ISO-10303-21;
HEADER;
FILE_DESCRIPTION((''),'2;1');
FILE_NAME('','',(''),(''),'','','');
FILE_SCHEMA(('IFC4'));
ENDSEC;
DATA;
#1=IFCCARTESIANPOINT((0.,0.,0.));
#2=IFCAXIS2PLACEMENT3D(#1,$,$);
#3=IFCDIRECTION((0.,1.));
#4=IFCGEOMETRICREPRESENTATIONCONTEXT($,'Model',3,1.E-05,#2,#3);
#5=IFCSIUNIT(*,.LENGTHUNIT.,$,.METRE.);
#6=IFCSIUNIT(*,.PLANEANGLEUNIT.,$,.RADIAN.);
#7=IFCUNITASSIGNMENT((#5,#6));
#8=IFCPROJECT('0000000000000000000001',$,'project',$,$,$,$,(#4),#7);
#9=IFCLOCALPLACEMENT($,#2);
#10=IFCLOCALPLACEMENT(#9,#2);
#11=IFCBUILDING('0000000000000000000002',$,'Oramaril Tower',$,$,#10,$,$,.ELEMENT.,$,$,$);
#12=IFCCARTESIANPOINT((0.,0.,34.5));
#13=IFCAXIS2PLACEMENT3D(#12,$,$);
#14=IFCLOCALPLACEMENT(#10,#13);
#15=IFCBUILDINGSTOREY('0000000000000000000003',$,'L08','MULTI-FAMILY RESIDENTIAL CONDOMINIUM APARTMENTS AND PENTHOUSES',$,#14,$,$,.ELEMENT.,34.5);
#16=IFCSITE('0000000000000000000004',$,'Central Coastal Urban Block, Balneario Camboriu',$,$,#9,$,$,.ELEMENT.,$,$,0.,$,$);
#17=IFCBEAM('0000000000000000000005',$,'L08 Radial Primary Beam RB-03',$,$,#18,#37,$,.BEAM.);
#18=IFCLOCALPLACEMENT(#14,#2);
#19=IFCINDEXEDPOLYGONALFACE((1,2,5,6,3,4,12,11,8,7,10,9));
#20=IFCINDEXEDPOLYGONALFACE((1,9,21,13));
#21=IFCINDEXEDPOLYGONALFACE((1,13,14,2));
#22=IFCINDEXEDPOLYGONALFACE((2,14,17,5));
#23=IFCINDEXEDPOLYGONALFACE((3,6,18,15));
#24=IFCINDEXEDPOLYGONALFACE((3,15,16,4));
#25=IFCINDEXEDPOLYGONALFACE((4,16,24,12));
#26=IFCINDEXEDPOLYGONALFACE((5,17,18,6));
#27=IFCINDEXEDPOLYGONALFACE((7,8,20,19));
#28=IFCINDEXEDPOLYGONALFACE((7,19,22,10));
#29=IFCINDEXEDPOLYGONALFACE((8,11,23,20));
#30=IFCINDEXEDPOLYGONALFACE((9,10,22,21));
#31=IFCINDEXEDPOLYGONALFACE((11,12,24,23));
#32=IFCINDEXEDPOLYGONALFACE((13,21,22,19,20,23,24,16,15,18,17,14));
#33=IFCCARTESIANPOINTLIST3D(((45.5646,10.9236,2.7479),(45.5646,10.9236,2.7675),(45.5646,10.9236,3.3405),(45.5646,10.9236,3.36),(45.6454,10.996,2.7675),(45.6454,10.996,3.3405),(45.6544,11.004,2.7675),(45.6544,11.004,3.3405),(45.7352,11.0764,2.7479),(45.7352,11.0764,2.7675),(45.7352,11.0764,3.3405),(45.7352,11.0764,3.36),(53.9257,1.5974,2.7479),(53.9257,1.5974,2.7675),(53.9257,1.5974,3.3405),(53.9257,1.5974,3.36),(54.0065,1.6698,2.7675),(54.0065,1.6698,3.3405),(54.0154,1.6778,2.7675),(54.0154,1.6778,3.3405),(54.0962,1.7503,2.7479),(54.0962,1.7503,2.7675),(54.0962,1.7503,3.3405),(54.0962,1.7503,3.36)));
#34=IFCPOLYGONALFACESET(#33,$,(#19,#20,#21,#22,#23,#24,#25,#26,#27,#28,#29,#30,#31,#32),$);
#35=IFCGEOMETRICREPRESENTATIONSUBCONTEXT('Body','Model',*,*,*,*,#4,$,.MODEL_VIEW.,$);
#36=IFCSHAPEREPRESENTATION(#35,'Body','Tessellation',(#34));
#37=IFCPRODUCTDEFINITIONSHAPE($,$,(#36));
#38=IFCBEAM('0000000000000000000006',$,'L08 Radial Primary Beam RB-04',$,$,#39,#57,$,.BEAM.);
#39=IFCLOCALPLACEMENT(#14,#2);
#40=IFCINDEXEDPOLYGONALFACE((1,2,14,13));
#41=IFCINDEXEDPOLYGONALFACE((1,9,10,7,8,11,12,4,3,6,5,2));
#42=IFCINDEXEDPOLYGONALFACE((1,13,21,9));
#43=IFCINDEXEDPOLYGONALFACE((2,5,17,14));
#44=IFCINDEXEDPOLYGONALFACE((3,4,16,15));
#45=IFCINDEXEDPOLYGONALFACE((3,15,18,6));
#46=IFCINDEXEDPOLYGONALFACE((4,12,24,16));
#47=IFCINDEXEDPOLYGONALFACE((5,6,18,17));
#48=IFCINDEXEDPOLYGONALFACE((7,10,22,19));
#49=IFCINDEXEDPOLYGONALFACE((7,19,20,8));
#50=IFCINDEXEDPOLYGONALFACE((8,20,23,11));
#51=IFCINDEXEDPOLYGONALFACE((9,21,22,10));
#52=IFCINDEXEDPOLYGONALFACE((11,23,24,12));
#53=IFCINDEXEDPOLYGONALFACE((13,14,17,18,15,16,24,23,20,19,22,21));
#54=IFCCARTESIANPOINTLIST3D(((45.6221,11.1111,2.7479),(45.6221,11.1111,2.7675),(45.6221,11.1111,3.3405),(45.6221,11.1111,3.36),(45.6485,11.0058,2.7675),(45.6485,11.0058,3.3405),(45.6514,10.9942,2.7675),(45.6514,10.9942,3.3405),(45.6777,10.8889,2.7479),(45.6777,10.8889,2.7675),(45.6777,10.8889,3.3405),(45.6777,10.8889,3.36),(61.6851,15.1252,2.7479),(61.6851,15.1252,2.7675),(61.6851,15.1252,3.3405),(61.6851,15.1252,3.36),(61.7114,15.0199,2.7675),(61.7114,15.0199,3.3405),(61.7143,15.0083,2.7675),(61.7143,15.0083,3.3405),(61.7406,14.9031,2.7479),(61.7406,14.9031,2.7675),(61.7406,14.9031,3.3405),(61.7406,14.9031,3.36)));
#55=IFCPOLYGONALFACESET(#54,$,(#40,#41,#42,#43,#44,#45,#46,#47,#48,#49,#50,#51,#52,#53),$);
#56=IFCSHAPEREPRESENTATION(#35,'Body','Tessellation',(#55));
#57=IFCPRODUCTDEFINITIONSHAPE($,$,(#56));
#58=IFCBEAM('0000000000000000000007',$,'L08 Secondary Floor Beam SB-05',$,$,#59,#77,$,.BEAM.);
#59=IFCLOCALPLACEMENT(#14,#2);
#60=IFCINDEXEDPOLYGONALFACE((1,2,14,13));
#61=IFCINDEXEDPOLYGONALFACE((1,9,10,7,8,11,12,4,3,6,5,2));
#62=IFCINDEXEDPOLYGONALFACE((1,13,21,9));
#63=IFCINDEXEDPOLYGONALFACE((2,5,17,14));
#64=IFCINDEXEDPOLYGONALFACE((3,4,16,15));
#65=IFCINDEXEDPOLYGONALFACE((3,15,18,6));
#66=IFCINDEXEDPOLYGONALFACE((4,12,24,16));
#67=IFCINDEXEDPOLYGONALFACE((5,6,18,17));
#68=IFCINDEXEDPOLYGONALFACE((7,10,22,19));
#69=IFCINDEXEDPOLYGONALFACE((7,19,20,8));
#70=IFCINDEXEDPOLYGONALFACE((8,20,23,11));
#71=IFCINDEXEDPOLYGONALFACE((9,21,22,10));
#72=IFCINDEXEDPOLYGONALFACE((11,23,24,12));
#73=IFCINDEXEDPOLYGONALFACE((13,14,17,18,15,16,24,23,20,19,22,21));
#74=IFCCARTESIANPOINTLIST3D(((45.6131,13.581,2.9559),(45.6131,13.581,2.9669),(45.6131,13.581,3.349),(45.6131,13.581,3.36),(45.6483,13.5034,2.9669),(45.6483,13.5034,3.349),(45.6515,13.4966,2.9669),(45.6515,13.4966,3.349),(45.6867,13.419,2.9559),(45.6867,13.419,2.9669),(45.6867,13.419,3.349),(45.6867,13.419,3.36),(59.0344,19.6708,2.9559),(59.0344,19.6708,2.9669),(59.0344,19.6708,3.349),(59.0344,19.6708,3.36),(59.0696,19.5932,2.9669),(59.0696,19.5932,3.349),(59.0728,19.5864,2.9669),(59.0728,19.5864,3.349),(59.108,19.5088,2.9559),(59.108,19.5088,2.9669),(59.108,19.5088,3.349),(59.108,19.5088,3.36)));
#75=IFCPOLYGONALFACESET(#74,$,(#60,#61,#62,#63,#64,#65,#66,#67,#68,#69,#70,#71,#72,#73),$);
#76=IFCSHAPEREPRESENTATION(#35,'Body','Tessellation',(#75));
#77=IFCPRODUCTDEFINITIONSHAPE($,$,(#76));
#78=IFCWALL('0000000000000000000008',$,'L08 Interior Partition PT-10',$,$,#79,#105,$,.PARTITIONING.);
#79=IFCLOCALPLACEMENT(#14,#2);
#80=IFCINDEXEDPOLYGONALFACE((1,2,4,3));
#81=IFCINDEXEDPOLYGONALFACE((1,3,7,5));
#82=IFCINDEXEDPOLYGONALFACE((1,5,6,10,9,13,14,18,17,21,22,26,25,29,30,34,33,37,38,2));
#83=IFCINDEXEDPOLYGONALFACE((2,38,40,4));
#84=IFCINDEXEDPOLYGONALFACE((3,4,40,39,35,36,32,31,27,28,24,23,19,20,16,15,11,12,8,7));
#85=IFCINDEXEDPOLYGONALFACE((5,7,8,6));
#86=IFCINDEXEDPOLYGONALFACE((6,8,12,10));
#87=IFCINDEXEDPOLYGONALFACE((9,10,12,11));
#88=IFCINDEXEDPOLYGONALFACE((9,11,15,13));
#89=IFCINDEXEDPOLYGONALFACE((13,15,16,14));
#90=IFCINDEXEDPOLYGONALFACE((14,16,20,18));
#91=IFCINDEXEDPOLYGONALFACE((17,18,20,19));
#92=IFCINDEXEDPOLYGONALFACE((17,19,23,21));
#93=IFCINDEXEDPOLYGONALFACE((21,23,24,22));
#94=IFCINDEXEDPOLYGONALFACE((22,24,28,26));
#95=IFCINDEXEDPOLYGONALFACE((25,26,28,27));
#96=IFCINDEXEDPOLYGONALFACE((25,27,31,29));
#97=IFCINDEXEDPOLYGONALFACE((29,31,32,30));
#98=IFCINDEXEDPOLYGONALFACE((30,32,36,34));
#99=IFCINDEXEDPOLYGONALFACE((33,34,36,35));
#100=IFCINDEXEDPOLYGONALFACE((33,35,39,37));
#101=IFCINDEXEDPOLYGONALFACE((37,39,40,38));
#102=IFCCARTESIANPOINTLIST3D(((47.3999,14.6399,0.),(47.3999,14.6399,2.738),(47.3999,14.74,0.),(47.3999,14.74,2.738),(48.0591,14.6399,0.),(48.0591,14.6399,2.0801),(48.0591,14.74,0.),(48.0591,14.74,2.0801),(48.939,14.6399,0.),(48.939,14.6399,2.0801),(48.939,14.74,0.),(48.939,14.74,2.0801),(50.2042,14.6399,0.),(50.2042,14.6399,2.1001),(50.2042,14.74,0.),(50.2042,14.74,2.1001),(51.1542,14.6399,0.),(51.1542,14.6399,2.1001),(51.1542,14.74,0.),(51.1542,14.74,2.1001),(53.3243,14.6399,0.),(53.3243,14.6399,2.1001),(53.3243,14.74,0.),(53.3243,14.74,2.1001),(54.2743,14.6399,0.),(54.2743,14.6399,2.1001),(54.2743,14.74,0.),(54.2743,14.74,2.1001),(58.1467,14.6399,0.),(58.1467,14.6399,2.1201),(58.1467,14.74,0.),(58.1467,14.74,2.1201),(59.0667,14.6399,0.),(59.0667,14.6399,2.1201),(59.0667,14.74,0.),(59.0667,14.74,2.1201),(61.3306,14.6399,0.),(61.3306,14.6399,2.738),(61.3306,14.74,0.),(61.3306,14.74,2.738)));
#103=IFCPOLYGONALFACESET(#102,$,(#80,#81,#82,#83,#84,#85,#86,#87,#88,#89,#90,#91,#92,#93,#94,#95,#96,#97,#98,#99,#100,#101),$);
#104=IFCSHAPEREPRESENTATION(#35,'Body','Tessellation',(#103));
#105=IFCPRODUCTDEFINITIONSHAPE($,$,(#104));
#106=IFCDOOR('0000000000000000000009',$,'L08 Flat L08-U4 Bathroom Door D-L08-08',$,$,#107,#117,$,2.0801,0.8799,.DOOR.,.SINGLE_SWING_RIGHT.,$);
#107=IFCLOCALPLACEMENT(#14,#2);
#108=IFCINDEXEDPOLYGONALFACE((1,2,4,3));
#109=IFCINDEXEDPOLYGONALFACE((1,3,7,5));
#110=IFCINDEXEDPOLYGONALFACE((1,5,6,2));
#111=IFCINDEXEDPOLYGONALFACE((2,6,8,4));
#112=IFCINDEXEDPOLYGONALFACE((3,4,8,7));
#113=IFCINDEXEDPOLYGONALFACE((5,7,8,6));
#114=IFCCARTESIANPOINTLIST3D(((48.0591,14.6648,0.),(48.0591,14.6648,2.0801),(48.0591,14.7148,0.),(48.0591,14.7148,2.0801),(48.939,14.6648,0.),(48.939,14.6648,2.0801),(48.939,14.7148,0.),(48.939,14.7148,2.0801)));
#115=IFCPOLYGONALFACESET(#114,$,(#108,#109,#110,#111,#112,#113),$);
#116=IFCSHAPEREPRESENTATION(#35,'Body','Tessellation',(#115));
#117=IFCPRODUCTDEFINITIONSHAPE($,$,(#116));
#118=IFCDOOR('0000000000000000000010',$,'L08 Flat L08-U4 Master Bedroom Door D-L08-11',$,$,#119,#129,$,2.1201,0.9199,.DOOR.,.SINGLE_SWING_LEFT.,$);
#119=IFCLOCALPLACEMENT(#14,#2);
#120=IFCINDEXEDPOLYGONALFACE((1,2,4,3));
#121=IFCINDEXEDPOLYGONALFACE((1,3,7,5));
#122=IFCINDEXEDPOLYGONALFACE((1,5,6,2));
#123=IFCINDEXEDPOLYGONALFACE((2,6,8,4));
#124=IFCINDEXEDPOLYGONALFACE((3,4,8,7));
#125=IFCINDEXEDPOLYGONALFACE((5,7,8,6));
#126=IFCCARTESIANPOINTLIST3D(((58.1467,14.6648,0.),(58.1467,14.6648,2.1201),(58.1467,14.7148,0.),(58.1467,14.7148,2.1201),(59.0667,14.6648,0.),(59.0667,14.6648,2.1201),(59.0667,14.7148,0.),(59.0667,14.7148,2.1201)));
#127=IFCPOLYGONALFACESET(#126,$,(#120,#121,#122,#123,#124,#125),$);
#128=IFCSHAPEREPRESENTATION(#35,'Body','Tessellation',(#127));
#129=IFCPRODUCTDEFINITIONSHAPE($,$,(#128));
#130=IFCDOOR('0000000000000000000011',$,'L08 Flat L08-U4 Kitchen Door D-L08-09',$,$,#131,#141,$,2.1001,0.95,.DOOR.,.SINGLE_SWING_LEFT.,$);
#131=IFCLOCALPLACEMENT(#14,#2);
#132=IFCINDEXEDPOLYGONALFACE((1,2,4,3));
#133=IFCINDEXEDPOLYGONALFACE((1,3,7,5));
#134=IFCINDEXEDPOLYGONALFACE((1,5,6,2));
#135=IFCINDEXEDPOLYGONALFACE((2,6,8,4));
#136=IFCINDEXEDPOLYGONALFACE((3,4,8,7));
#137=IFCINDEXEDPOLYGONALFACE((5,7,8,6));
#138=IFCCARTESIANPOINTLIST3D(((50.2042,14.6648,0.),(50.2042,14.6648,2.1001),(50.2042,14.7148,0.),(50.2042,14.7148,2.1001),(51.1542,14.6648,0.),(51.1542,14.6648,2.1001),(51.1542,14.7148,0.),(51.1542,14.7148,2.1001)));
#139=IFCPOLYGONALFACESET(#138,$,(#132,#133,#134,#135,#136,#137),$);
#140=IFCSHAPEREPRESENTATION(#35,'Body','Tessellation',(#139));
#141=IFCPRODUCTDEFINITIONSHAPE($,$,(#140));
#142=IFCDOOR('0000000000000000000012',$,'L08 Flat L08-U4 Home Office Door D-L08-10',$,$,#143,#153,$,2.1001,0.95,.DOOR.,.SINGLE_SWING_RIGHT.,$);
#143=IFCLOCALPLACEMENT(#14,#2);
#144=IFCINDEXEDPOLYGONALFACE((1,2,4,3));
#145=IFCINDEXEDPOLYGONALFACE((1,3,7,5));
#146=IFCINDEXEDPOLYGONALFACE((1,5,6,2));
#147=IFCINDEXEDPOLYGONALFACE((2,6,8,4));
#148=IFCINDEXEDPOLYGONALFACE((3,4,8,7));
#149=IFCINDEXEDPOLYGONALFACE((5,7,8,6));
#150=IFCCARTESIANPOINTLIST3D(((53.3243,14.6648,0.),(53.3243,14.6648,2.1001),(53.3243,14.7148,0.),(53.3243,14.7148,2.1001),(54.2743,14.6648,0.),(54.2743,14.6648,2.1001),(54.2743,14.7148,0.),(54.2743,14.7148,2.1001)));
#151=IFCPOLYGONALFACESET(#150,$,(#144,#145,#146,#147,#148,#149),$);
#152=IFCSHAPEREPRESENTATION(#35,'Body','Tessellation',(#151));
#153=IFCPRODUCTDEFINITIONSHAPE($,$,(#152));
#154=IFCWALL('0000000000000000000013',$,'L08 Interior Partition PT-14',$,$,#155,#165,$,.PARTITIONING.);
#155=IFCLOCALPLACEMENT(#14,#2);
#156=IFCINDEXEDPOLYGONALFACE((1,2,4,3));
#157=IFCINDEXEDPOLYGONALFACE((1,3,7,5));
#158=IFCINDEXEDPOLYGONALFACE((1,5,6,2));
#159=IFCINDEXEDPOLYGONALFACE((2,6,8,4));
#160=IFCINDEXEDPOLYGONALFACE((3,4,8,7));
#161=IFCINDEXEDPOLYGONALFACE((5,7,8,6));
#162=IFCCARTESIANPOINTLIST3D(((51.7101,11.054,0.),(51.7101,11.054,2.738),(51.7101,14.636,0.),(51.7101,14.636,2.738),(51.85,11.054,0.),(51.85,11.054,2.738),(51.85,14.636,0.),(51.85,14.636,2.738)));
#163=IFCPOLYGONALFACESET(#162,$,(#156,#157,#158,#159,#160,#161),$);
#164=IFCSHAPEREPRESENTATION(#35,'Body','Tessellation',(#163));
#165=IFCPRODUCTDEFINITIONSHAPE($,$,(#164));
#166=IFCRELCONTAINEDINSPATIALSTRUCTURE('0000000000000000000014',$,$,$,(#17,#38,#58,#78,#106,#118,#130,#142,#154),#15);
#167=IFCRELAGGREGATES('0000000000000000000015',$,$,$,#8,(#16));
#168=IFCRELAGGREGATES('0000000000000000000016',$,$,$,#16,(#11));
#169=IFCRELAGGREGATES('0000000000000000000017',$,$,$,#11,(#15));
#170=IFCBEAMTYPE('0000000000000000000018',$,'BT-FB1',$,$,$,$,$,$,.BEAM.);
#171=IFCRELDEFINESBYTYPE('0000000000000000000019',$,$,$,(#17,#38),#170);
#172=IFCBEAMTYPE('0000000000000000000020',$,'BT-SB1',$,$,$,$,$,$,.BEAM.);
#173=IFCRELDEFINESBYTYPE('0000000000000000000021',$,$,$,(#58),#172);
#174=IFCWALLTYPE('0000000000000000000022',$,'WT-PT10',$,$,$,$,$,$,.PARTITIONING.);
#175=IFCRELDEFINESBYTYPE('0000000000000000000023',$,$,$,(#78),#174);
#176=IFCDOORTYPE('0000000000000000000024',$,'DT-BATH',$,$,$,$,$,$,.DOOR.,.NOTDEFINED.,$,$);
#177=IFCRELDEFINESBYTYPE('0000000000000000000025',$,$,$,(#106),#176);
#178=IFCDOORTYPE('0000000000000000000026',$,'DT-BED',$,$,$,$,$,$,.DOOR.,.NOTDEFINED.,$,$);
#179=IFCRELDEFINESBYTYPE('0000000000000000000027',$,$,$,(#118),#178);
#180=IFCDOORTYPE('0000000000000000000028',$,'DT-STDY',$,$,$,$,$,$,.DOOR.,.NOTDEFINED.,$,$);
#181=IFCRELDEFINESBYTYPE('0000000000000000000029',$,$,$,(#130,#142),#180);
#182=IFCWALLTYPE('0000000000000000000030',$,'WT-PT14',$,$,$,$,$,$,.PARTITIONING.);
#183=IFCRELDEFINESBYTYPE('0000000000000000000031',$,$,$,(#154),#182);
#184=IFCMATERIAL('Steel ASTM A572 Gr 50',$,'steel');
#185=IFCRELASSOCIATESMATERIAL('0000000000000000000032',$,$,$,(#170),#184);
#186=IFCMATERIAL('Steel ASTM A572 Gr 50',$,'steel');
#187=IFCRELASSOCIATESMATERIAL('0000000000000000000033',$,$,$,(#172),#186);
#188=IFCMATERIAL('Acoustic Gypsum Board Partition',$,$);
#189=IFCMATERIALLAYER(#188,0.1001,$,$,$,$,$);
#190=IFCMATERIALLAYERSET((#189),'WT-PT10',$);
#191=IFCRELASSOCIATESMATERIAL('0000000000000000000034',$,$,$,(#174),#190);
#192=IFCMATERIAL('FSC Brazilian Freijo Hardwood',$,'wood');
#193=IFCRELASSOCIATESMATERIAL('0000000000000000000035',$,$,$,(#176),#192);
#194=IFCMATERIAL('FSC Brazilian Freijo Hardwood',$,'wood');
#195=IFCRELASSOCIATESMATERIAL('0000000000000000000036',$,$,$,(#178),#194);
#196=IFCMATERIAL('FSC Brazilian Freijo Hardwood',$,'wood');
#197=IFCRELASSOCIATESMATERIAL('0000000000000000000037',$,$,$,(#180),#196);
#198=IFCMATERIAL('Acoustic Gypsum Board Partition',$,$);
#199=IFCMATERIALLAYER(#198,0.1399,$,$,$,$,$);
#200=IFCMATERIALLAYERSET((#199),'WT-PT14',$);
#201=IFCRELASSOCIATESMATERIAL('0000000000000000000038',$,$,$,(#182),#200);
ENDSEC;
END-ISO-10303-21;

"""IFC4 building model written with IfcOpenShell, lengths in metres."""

from ifc_helpers import new_model, si_unit, direction, frame, frame_2d, origin, origin_2d, place, context, subcontext, project, spatial, rectangle, i_section, extrude, material, layer, layer_set, material_profile, profile_set, type_object, element, fill, save


model = new_model("IFC4")

# Units and contexts
model_context = context("Model", 3, precision=1e-05, world=origin(), true_north=direction((0.0, 1.0)))
body_context = subcontext(model_context, "Body", "Model", "MODEL_VIEW")
ifc_project = project(units=[si_unit("LENGTHUNIT", "METRE"), si_unit("PLANEANGLEUNIT", "RADIAN")], contexts=[model_context])

# Site, building, storey
site_placement = place(None, origin())
site = spatial("IfcSite", under=ifc_project, at=site_placement, Name="Central Coastal Urban Block, Balneario Camboriu", CompositionType="ELEMENT", RefElevation=0.0)
building_placement = place(site_placement, origin())
building = spatial("IfcBuilding", under=site, at=building_placement, Name="Oramaril Tower", CompositionType="ELEMENT")
storey_placement = place(building_placement, frame((0.0, 0.0, 34.5)))
storey = spatial("IfcBuildingStorey", under=building, at=storey_placement, Name="L08", Description="MULTI-FAMILY RESIDENTIAL CONDOMINIUM APARTMENTS AND PENTHOUSES", CompositionType="ELEMENT", Elevation=34.5)

# Beams
ifc_material_1 = material(Name="Steel ASTM A572 Gr 50", Category="steel")
ifc_material_profile_1 = material_profile(ifc_material_1, i_section(OverallWidth=0.229, OverallDepth=0.6121, WebThickness=0.012, FlangeThickness=0.0195, at=origin_2d()), Name="W24X84")
ifc_profile_set_1 = profile_set([ifc_material_profile_1], Name="Steel ASTM A572 Gr 50")
beam_type_1 = type_object("IfcBeamType", Name="BT-FB1", PredefinedType="BEAM", material=ifc_profile_set_1)
beam_1_placement = place(storey_placement, frame((45.6499, 11.0, 3.054), z_axis=(0.667531, -0.744582, 0.0), x_axis=(0.744582, 0.667531, 0.0)))
element("IfcBeam", 1, at=beam_1_placement, inside=storey, type_object=beam_type_1, Name="L08 Radial Primary Beam RB-03", PredefinedType="BEAM", context=body_context, shape_type="SweptSolid", body=[
    extrude(i_section(OverallWidth=0.229, OverallDepth=0.6121, WebThickness=0.012, FlangeThickness=0.0195, at=origin_2d()), origin(), (0.0, 0.0, 1.0), 12.5254),
])
beam_2_placement = place(storey_placement, frame((45.6499, 11.0, 3.054), z_axis=(0.970165, 0.242445, 0.0), x_axis=(-0.242445, 0.970165, 0.0)))
element("IfcBeam", 2, at=beam_2_placement, inside=storey, type_object=beam_type_1, Name="L08 Radial Primary Beam RB-04", PredefinedType="BEAM", context=body_context, shape_type="SweptSolid", body=[
    extrude(i_section(OverallWidth=0.229, OverallDepth=0.6121, WebThickness=0.012, FlangeThickness=0.0195, at=origin_2d()), origin(), (0.0, 0.0, 1.0), 16.5569),
])
ifc_material_2 = material(Name="Steel ASTM A572 Gr 50", Category="steel")
ifc_material_profile_2 = material_profile(ifc_material_2, i_section(OverallWidth=0.178, OverallDepth=0.4041, WebThickness=0.0076, FlangeThickness=0.011, at=origin_2d()), Name="W16X36")
ifc_profile_set_2 = profile_set([ifc_material_profile_2], Name="Steel ASTM A572 Gr 50")
beam_type_2 = type_object("IfcBeamType", Name="BT-SB1", PredefinedType="BEAM", material=ifc_profile_set_2)
beam_3_placement = place(storey_placement, frame((45.6499, 13.5, 3.158), z_axis=(0.910642, 0.413196, 0.0), x_axis=(-0.413196, 0.910642, 0.0)))
element("IfcBeam", 3, at=beam_3_placement, inside=storey, type_object=beam_type_2, Name="L08 Secondary Floor Beam SB-05", PredefinedType="BEAM", context=body_context, shape_type="SweptSolid", body=[
    extrude(i_section(OverallWidth=0.178, OverallDepth=0.4041, WebThickness=0.0076, FlangeThickness=0.011, at=origin_2d()), origin(), (0.0, 0.0, 1.0), 14.7383),
])

# Wall, openings, doors
ifc_material_3 = material(Name="Acoustic Gypsum Board Partition")
ifc_layer_1 = layer(ifc_material_3, 0.1001)
ifc_layer_set_1 = layer_set([ifc_layer_1], Name="WT-PT10")
wall_type_1 = type_object("IfcWallType", Name="WT-PT10", PredefinedType="PARTITIONING", material=ifc_layer_set_1)
wall_1_placement = place(storey_placement, frame((47.3999, 14.6899, 0.0), z_axis=(0.0, 0.0, 1.0), x_axis=(1.0, 0.0, 0.0)))
wall_1 = element("IfcWall", 4, at=wall_1_placement, inside=storey, type_object=wall_type_1, Name="L08 Interior Partition PT-10", PredefinedType="PARTITIONING", context=body_context, shape_type="SweptSolid", body=[
    extrude(rectangle(XDim=13.9307, YDim=0.1001, at=frame_2d((6.9653, 0.0))), origin(), (0.0, 0.0, 1.0), 2.738),
])
opening_1_placement = place(wall_1_placement, frame((0.6592, 0.0, 0.0)))
opening_1 = element("IfcOpeningElement", 5, at=opening_1_placement, cuts=wall_1, PredefinedType="OPENING", context=body_context, shape_type="SweptSolid", body=[
    extrude(rectangle(XDim=0.8799, YDim=2.0801, at=frame_2d((0.4399, 1.04))), frame((0.0, 0.05, 0.0), z_axis=(0.0, -1.0, 0.0), x_axis=(1.0, 0.0, 0.0)), (0.0, 0.0, 1.0), 0.1001),
])
opening_2_placement = place(wall_1_placement, frame((2.8042, 0.0, 0.0)))
opening_2 = element("IfcOpeningElement", 6, at=opening_2_placement, cuts=wall_1, PredefinedType="OPENING", context=body_context, shape_type="SweptSolid", body=[
    extrude(rectangle(XDim=0.95, YDim=2.1001, at=frame_2d((0.4751, 1.05))), frame((0.0, 0.05, 0.0), z_axis=(0.0, -1.0, 0.0), x_axis=(1.0, 0.0, 0.0)), (0.0, 0.0, 1.0), 0.1001),
])
opening_3_placement = place(wall_1_placement, frame((5.9243, 0.0, 0.0)))
opening_3 = element("IfcOpeningElement", 7, at=opening_3_placement, cuts=wall_1, PredefinedType="OPENING", context=body_context, shape_type="SweptSolid", body=[
    extrude(rectangle(XDim=0.95, YDim=2.1001, at=frame_2d((0.4751, 1.05))), frame((0.0, 0.05, 0.0), z_axis=(0.0, -1.0, 0.0), x_axis=(1.0, 0.0, 0.0)), (0.0, 0.0, 1.0), 0.1001),
])
opening_4_placement = place(wall_1_placement, frame((10.7468, 0.0, 0.0)))
opening_4 = element("IfcOpeningElement", 8, at=opening_4_placement, cuts=wall_1, PredefinedType="OPENING", context=body_context, shape_type="SweptSolid", body=[
    extrude(rectangle(XDim=0.9199, YDim=2.1201, at=frame_2d((0.46, 1.0601))), frame((0.0, 0.05, 0.0), z_axis=(0.0, -1.0, 0.0), x_axis=(1.0, 0.0, 0.0)), (0.0, 0.0, 1.0), 0.1001),
])
ifc_material_4 = material(Name="FSC Brazilian Freijo Hardwood", Category="wood")
door_type_1 = type_object("IfcDoorType", Name="DT-BATH", OperationType="NOTDEFINED", PredefinedType="DOOR", material=ifc_material_4)
door_1_placement = place(opening_1_placement, origin())
door_1 = element("IfcDoor", 9, at=door_1_placement, inside=storey, type_object=door_type_1, Name="L08 Flat L08-U4 Bathroom Door D-L08-08", OperationType="SINGLE_SWING_RIGHT", OverallHeight=2.0801, OverallWidth=0.8799, PredefinedType="DOOR", context=body_context, shape_type="SweptSolid", body=[
    extrude(rectangle(XDim=0.8799, YDim=2.0801, at=frame_2d((0.4399, 1.04))), frame((0.0, 0.0249, 0.0), z_axis=(0.0, -1.0, 0.0), x_axis=(1.0, 0.0, 0.0)), (0.0, 0.0, 1.0), 0.05),
])
fill(opening_1, door_1)
ifc_material_5 = material(Name="FSC Brazilian Freijo Hardwood", Category="wood")
door_type_2 = type_object("IfcDoorType", Name="DT-BED", OperationType="NOTDEFINED", PredefinedType="DOOR", material=ifc_material_5)
door_2_placement = place(opening_4_placement, origin())
door_2 = element("IfcDoor", 10, at=door_2_placement, inside=storey, type_object=door_type_2, Name="L08 Flat L08-U4 Master Bedroom Door D-L08-11", OperationType="SINGLE_SWING_LEFT", OverallHeight=2.1201, OverallWidth=0.9199, PredefinedType="DOOR", context=body_context, shape_type="SweptSolid", body=[
    extrude(rectangle(XDim=0.9199, YDim=2.1201, at=frame_2d((0.46, 1.0601))), frame((0.0, 0.0249, 0.0), z_axis=(0.0, -1.0, 0.0), x_axis=(1.0, 0.0, 0.0)), (0.0, 0.0, 1.0), 0.05),
])
fill(opening_4, door_2)
ifc_material_6 = material(Name="FSC Brazilian Freijo Hardwood", Category="wood")
door_type_3 = type_object("IfcDoorType", Name="DT-STDY", OperationType="NOTDEFINED", PredefinedType="DOOR", material=ifc_material_6)
door_3_placement = place(opening_2_placement, origin())
door_3 = element("IfcDoor", 11, at=door_3_placement, inside=storey, type_object=door_type_3, Name="L08 Flat L08-U4 Kitchen Door D-L08-09", OperationType="SINGLE_SWING_LEFT", OverallHeight=2.1001, OverallWidth=0.95, PredefinedType="DOOR", context=body_context, shape_type="SweptSolid", body=[
    extrude(rectangle(XDim=0.95, YDim=2.1001, at=frame_2d((0.4751, 1.05))), frame((0.0, 0.0249, 0.0), z_axis=(0.0, -1.0, 0.0), x_axis=(1.0, 0.0, 0.0)), (0.0, 0.0, 1.0), 0.05),
])
fill(opening_2, door_3)
door_4_placement = place(opening_3_placement, origin())
door_4 = element("IfcDoor", 12, at=door_4_placement, inside=storey, type_object=door_type_3, Name="L08 Flat L08-U4 Home Office Door D-L08-10", OperationType="SINGLE_SWING_RIGHT", OverallHeight=2.1001, OverallWidth=0.95, PredefinedType="DOOR", context=body_context, shape_type="SweptSolid", body=[
    extrude(rectangle(XDim=0.95, YDim=2.1001, at=frame_2d((0.4751, 1.05))), frame((0.0, 0.0249, 0.0), z_axis=(0.0, -1.0, 0.0), x_axis=(1.0, 0.0, 0.0)), (0.0, 0.0, 1.0), 0.05),
])
fill(opening_3, door_4)

# Wall
ifc_material_7 = material(Name="Acoustic Gypsum Board Partition")
ifc_layer_2 = layer(ifc_material_7, 0.1399)
ifc_layer_set_2 = layer_set([ifc_layer_2], Name="WT-PT14")
wall_type_2 = type_object("IfcWallType", Name="WT-PT14", PredefinedType="PARTITIONING", material=ifc_layer_set_2)
wall_2_placement = place(storey_placement, frame((51.78, 11.054, 0.0), z_axis=(0.0, 0.0, 1.0), x_axis=(0.0, 1.0, 0.0)))
element("IfcWall", 13, at=wall_2_placement, inside=storey, type_object=wall_type_2, Name="L08 Interior Partition PT-14", PredefinedType="PARTITIONING", context=body_context, shape_type="SweptSolid", body=[
    extrude(rectangle(XDim=3.582, YDim=0.1399, at=frame_2d((1.791, 0.0))), origin(), (0.0, 0.0, 1.0), 2.738),
])

save(model, "model.ifc")
